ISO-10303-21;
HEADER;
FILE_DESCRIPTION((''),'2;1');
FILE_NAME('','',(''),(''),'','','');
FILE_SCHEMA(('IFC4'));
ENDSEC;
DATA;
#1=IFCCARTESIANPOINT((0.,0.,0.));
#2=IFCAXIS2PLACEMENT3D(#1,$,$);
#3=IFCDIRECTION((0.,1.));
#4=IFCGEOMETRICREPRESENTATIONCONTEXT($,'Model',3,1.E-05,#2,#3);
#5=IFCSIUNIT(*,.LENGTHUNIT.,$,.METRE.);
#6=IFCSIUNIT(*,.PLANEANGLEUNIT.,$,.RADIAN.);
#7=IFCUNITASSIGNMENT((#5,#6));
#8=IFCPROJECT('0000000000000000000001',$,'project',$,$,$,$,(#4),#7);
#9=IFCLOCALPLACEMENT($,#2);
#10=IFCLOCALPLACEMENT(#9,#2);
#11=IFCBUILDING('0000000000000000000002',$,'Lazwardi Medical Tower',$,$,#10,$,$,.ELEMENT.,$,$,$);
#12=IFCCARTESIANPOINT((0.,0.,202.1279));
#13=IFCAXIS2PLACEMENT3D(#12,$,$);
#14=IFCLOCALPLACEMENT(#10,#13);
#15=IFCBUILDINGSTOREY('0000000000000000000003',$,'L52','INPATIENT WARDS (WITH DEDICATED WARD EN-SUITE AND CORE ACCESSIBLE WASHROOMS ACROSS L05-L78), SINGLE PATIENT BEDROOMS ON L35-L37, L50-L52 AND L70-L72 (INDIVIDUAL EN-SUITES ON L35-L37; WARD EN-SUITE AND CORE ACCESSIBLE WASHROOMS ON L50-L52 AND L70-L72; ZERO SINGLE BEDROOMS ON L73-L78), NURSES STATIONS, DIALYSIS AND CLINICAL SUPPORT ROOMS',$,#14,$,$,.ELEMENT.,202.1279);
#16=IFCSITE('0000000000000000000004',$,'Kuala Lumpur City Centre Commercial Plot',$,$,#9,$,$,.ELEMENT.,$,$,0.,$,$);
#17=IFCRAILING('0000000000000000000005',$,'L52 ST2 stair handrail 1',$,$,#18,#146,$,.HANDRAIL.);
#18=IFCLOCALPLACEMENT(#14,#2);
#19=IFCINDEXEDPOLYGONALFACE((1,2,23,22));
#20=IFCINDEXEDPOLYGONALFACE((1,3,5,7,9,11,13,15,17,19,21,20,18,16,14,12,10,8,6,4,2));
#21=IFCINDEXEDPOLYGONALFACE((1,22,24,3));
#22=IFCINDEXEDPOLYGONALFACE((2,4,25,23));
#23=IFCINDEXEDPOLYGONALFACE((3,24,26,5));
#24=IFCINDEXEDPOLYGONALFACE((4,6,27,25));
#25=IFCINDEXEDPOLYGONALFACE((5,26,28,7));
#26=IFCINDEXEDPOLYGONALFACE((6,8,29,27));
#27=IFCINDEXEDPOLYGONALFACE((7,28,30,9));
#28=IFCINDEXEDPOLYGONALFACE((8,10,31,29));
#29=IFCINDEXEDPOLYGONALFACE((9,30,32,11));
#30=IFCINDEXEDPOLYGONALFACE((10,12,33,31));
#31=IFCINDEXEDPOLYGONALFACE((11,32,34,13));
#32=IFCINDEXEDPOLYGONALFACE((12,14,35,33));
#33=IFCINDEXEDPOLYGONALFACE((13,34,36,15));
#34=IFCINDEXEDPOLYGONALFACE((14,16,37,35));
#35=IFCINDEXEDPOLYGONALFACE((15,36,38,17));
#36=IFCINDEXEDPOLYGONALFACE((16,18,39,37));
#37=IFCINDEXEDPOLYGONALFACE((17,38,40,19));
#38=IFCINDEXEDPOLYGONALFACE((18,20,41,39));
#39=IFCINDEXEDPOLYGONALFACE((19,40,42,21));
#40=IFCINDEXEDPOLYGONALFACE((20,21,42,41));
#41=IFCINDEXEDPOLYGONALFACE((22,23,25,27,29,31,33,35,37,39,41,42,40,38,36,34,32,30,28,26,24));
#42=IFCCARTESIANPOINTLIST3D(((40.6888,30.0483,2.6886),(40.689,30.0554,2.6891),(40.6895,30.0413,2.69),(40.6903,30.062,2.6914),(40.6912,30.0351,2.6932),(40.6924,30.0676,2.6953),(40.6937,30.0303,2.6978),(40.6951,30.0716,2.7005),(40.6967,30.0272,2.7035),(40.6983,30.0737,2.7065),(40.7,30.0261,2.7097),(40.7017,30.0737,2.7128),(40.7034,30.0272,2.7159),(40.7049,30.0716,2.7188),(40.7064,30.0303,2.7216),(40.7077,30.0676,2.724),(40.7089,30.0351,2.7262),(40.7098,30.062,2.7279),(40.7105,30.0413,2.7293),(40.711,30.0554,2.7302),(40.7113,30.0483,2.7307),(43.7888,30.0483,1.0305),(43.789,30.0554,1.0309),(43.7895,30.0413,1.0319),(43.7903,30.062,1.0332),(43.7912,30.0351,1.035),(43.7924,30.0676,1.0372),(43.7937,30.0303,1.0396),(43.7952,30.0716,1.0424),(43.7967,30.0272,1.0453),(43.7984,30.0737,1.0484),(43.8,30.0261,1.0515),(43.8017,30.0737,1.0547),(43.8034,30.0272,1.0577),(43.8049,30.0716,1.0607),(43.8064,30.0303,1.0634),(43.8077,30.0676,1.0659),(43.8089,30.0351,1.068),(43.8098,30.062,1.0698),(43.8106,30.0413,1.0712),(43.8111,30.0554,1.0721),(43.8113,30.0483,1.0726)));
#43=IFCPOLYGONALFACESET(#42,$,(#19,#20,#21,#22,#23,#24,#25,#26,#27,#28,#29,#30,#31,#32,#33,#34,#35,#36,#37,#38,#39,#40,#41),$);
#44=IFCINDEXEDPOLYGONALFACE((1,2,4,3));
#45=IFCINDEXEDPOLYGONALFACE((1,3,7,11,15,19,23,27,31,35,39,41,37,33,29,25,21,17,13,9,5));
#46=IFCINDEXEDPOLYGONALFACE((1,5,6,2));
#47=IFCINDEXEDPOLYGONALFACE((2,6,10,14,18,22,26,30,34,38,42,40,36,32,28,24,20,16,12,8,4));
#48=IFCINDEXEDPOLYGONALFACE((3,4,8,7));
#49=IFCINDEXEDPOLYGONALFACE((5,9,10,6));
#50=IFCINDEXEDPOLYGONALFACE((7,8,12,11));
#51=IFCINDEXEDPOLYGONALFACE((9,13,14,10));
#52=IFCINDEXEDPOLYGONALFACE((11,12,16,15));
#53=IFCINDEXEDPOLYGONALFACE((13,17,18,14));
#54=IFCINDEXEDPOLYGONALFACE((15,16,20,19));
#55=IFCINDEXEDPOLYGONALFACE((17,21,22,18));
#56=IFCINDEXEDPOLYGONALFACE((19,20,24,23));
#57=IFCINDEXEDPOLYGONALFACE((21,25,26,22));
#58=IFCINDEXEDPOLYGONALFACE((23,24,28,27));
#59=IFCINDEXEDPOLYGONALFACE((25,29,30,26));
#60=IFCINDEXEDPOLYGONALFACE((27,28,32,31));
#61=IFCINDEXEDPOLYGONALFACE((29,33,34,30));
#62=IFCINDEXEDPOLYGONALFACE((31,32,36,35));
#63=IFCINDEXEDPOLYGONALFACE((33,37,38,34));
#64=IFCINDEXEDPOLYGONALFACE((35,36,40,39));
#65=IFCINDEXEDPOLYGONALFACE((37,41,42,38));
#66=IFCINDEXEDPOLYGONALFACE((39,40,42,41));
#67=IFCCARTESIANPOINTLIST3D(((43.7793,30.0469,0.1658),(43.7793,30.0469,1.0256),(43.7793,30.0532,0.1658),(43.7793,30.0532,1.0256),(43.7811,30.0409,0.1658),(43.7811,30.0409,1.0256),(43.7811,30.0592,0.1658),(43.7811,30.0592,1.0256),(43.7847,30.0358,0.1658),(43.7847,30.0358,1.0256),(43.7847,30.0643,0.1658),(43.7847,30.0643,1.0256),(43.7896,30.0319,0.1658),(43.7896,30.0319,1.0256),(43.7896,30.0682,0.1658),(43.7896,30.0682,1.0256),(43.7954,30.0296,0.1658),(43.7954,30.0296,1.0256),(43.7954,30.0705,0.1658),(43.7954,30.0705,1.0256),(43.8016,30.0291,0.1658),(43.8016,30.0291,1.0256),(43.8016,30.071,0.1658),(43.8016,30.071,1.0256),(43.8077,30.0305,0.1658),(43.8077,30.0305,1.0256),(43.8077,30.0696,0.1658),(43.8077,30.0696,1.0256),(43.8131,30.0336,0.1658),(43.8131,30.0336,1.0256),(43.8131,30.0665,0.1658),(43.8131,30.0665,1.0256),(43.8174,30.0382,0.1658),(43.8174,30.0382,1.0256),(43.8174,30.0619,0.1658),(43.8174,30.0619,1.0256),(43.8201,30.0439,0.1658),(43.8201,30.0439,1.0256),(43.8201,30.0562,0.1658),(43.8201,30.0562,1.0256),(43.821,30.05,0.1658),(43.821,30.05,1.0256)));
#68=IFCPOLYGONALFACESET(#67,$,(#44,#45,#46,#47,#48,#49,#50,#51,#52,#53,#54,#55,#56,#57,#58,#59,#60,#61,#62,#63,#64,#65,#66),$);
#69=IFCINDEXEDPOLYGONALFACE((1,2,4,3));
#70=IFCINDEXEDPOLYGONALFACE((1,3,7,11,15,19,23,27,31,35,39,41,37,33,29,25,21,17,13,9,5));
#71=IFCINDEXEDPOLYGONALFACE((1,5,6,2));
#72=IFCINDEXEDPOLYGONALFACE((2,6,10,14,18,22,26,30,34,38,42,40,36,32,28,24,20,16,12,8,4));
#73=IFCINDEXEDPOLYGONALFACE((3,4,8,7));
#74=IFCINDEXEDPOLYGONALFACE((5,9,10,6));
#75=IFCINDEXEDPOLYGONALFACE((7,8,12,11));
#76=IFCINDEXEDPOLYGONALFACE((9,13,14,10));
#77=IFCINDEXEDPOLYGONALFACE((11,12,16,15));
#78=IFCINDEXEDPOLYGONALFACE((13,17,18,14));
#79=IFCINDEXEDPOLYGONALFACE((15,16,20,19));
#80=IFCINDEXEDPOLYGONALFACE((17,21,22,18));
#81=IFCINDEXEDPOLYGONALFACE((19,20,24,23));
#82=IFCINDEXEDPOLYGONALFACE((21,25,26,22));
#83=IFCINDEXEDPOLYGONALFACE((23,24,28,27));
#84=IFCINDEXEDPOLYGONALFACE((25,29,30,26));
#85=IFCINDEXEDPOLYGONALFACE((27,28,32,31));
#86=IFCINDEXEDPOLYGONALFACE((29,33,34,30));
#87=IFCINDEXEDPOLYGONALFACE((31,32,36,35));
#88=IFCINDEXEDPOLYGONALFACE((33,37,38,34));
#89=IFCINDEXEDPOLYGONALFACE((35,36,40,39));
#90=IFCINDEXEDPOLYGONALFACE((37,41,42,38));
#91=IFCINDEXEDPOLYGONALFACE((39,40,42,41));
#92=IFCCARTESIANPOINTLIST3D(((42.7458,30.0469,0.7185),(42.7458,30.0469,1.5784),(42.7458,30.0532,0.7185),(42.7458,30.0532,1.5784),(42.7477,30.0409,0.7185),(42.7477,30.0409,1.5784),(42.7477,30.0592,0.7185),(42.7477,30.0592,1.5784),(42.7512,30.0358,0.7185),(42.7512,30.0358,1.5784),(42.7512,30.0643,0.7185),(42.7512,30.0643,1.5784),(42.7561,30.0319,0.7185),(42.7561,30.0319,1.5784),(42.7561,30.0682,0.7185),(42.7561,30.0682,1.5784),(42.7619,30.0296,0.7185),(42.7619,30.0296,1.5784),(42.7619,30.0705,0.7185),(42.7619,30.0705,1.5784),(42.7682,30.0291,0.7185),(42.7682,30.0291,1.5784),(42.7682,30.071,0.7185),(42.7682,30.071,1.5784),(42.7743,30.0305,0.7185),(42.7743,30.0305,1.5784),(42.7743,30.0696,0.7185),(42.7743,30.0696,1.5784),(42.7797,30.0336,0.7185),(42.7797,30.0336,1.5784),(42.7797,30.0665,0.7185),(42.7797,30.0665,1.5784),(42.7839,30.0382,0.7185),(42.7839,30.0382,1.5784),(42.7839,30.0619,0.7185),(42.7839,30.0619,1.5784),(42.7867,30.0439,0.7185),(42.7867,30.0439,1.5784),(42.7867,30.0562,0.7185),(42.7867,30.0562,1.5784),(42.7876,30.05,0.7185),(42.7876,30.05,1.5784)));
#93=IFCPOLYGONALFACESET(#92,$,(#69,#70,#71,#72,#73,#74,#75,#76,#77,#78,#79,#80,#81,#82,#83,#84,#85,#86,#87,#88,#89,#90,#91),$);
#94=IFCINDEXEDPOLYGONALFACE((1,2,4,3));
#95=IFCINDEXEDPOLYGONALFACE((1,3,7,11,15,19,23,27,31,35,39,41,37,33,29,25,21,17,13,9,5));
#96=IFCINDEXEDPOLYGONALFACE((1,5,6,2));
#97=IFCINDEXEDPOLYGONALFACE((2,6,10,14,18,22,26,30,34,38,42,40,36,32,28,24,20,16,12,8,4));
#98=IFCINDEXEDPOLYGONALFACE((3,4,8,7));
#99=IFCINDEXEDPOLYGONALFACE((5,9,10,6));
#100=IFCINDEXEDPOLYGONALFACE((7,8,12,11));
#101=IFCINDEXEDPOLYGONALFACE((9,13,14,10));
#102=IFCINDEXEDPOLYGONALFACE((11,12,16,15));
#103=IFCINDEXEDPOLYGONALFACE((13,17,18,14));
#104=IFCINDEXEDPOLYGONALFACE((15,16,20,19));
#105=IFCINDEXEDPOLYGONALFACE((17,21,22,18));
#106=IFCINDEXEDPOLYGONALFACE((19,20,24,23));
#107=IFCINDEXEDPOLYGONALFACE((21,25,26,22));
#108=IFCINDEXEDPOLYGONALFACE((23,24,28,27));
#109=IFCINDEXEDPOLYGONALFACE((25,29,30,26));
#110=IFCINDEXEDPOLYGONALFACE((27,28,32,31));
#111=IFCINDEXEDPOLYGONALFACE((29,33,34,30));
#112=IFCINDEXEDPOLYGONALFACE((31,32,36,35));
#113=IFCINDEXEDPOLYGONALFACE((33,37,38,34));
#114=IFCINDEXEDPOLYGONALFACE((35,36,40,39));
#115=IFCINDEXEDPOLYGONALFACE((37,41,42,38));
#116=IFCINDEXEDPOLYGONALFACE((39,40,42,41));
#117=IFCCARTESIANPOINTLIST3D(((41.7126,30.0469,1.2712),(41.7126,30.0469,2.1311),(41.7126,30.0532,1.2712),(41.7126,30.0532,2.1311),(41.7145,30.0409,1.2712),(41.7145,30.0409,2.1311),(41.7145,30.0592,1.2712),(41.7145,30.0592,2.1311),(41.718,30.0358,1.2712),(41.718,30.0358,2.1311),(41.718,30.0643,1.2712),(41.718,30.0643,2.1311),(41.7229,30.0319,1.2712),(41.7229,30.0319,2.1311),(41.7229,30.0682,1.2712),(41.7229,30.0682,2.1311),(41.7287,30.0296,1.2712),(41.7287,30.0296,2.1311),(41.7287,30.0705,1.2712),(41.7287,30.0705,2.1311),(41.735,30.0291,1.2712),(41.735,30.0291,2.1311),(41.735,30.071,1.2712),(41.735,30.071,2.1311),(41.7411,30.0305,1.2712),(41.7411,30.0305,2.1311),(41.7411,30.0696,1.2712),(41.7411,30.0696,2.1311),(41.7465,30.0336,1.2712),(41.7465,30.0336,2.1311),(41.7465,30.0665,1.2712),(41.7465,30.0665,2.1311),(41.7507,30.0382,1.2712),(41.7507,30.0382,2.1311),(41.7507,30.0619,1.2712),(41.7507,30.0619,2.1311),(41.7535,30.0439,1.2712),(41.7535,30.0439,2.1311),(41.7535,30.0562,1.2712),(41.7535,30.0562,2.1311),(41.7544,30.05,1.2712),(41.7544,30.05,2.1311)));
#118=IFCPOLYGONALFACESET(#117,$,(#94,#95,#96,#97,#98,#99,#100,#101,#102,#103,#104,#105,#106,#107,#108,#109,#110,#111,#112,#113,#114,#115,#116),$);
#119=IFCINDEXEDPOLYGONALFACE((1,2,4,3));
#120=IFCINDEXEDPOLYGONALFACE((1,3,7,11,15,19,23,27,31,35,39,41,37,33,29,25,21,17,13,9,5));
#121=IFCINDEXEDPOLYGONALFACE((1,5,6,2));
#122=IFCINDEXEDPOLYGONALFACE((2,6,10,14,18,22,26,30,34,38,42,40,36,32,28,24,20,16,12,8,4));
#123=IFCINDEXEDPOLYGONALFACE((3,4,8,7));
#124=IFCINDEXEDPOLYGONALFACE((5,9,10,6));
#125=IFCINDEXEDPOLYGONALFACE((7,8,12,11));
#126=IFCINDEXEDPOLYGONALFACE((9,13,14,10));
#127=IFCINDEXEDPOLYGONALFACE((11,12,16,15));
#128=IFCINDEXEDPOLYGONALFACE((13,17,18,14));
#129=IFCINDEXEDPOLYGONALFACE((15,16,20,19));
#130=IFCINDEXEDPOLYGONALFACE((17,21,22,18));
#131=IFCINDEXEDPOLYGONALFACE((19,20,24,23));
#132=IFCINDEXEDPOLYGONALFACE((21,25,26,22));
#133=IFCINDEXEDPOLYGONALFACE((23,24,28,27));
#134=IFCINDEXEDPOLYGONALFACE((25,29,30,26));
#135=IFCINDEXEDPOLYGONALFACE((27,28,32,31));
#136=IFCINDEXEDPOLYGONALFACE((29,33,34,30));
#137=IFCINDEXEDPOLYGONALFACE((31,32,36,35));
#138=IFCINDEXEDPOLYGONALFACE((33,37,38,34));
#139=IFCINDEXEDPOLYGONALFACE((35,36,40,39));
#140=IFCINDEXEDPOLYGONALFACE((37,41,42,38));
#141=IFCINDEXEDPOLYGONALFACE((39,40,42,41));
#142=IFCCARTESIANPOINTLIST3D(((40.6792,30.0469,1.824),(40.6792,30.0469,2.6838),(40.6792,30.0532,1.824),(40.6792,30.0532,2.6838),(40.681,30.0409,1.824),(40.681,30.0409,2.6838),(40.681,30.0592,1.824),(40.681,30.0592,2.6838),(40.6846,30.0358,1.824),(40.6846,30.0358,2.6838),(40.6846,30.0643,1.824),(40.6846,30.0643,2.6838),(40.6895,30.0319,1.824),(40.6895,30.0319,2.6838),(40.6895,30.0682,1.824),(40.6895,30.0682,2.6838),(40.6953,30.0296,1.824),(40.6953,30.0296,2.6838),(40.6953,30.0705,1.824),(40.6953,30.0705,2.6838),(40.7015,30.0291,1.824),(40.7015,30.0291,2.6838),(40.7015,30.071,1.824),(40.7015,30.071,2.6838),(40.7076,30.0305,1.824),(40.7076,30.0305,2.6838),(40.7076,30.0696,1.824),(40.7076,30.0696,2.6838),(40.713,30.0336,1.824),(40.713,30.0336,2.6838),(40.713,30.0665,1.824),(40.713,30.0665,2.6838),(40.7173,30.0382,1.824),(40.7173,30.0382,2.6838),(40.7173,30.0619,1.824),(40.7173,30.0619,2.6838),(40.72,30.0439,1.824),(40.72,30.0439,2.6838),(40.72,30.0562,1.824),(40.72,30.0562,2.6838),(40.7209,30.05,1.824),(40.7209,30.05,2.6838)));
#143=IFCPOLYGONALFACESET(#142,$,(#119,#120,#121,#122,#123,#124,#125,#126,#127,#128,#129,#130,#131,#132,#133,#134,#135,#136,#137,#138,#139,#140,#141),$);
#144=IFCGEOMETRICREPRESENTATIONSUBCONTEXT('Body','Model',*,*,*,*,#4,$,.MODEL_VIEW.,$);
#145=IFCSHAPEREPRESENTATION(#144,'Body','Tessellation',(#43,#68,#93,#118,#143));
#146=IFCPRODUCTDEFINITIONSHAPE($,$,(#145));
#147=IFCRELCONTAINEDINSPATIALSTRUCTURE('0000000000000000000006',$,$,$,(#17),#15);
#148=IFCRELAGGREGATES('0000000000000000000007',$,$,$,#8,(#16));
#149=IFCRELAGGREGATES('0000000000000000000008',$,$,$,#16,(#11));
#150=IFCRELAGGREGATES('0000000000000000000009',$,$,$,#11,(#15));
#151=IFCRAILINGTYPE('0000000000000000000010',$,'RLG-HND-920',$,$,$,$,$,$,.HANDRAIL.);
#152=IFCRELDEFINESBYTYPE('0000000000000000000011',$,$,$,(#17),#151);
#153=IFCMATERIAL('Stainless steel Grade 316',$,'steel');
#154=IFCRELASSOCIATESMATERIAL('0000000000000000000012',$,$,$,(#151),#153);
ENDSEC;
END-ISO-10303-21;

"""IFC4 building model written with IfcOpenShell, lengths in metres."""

from ifc_helpers import new_model, si_unit, direction, frame, origin, origin_2d, place, context, subcontext, project, spatial, circle, extrude, material, type_object, element, save


model = new_model("IFC4")

# Units and contexts
model_context = context("Model", 3, precision=1e-05, world=origin(), true_north=direction((0.0, 1.0)))
body_context = subcontext(model_context, "Body", "Model", "MODEL_VIEW")
ifc_project = project(units=[si_unit("LENGTHUNIT", "METRE"), si_unit("PLANEANGLEUNIT", "RADIAN")], contexts=[model_context])

# Site, building, storey
site_placement = place(None, origin())
site = spatial("IfcSite", under=ifc_project, at=site_placement, Name="Kuala Lumpur City Centre Commercial Plot", CompositionType="ELEMENT", RefElevation=0.0)
building_placement = place(site_placement, origin())
building = spatial("IfcBuilding", under=site, at=building_placement, Name="Lazwardi Medical Tower", CompositionType="ELEMENT")
storey_placement = place(building_placement, frame((0.0, 0.0, 202.1279)))
storey = spatial("IfcBuildingStorey", under=building, at=storey_placement, Name="L52", Description="INPATIENT WARDS (WITH DEDICATED WARD EN-SUITE AND CORE ACCESSIBLE WASHROOMS ACROSS L05-L78), SINGLE PATIENT BEDROOMS ON L35-L37, L50-L52 AND L70-L72 (INDIVIDUAL EN-SUITES ON L35-L37; WARD EN-SUITE AND CORE ACCESSIBLE WASHROOMS ON L50-L52 AND L70-L72; ZERO SINGLE BEDROOMS ON L73-L78), NURSES STATIONS, DIALYSIS AND CLINICAL SUPPORT ROOMS", CompositionType="ELEMENT", Elevation=202.1279)

# Railing
ifc_material_1 = material(Name="Stainless steel Grade 316", Category="steel")
railing_type_1 = type_object("IfcRailingType", Name="RLG-HND-920", PredefinedType="HANDRAIL", material=ifc_material_1)
railing_1_placement = place(storey_placement, frame((43.8, 30.05, 0.1658)))
element("IfcRailing", 1, at=railing_1_placement, inside=storey, type_object=railing_type_1, Name="L52 ST2 stair handrail 1", PredefinedType="HANDRAIL", context=body_context, shape_type="SweptSolid", body=[
    extrude(circle(Radius=0.0239, at=origin_2d()), frame((0.0, 0.0, 0.8857), z_axis=(-0.881783, 0.0, 0.471655), x_axis=(0.0, -1.0, 0.0)), (0.0, 0.0, 1.0), 3.5156),
    extrude(circle(Radius=0.021, at=origin_2d()), origin(), (0.0, 0.0, 1.0), 0.8599),
    extrude(circle(Radius=0.021, at=origin_2d()), frame((-1.0334, 0.0, 0.5527)), (0.0, 0.0, 1.0), 0.8599),
    extrude(circle(Radius=0.021, at=origin_2d()), frame((-2.0667, 0.0, 1.1055)), (0.0, 0.0, 1.0), 0.8599),
    extrude(circle(Radius=0.021, at=origin_2d()), frame((-3.1001, 0.0, 1.6582)), (0.0, 0.0, 1.0), 0.8599),
])

save(model, "model.ifc")
